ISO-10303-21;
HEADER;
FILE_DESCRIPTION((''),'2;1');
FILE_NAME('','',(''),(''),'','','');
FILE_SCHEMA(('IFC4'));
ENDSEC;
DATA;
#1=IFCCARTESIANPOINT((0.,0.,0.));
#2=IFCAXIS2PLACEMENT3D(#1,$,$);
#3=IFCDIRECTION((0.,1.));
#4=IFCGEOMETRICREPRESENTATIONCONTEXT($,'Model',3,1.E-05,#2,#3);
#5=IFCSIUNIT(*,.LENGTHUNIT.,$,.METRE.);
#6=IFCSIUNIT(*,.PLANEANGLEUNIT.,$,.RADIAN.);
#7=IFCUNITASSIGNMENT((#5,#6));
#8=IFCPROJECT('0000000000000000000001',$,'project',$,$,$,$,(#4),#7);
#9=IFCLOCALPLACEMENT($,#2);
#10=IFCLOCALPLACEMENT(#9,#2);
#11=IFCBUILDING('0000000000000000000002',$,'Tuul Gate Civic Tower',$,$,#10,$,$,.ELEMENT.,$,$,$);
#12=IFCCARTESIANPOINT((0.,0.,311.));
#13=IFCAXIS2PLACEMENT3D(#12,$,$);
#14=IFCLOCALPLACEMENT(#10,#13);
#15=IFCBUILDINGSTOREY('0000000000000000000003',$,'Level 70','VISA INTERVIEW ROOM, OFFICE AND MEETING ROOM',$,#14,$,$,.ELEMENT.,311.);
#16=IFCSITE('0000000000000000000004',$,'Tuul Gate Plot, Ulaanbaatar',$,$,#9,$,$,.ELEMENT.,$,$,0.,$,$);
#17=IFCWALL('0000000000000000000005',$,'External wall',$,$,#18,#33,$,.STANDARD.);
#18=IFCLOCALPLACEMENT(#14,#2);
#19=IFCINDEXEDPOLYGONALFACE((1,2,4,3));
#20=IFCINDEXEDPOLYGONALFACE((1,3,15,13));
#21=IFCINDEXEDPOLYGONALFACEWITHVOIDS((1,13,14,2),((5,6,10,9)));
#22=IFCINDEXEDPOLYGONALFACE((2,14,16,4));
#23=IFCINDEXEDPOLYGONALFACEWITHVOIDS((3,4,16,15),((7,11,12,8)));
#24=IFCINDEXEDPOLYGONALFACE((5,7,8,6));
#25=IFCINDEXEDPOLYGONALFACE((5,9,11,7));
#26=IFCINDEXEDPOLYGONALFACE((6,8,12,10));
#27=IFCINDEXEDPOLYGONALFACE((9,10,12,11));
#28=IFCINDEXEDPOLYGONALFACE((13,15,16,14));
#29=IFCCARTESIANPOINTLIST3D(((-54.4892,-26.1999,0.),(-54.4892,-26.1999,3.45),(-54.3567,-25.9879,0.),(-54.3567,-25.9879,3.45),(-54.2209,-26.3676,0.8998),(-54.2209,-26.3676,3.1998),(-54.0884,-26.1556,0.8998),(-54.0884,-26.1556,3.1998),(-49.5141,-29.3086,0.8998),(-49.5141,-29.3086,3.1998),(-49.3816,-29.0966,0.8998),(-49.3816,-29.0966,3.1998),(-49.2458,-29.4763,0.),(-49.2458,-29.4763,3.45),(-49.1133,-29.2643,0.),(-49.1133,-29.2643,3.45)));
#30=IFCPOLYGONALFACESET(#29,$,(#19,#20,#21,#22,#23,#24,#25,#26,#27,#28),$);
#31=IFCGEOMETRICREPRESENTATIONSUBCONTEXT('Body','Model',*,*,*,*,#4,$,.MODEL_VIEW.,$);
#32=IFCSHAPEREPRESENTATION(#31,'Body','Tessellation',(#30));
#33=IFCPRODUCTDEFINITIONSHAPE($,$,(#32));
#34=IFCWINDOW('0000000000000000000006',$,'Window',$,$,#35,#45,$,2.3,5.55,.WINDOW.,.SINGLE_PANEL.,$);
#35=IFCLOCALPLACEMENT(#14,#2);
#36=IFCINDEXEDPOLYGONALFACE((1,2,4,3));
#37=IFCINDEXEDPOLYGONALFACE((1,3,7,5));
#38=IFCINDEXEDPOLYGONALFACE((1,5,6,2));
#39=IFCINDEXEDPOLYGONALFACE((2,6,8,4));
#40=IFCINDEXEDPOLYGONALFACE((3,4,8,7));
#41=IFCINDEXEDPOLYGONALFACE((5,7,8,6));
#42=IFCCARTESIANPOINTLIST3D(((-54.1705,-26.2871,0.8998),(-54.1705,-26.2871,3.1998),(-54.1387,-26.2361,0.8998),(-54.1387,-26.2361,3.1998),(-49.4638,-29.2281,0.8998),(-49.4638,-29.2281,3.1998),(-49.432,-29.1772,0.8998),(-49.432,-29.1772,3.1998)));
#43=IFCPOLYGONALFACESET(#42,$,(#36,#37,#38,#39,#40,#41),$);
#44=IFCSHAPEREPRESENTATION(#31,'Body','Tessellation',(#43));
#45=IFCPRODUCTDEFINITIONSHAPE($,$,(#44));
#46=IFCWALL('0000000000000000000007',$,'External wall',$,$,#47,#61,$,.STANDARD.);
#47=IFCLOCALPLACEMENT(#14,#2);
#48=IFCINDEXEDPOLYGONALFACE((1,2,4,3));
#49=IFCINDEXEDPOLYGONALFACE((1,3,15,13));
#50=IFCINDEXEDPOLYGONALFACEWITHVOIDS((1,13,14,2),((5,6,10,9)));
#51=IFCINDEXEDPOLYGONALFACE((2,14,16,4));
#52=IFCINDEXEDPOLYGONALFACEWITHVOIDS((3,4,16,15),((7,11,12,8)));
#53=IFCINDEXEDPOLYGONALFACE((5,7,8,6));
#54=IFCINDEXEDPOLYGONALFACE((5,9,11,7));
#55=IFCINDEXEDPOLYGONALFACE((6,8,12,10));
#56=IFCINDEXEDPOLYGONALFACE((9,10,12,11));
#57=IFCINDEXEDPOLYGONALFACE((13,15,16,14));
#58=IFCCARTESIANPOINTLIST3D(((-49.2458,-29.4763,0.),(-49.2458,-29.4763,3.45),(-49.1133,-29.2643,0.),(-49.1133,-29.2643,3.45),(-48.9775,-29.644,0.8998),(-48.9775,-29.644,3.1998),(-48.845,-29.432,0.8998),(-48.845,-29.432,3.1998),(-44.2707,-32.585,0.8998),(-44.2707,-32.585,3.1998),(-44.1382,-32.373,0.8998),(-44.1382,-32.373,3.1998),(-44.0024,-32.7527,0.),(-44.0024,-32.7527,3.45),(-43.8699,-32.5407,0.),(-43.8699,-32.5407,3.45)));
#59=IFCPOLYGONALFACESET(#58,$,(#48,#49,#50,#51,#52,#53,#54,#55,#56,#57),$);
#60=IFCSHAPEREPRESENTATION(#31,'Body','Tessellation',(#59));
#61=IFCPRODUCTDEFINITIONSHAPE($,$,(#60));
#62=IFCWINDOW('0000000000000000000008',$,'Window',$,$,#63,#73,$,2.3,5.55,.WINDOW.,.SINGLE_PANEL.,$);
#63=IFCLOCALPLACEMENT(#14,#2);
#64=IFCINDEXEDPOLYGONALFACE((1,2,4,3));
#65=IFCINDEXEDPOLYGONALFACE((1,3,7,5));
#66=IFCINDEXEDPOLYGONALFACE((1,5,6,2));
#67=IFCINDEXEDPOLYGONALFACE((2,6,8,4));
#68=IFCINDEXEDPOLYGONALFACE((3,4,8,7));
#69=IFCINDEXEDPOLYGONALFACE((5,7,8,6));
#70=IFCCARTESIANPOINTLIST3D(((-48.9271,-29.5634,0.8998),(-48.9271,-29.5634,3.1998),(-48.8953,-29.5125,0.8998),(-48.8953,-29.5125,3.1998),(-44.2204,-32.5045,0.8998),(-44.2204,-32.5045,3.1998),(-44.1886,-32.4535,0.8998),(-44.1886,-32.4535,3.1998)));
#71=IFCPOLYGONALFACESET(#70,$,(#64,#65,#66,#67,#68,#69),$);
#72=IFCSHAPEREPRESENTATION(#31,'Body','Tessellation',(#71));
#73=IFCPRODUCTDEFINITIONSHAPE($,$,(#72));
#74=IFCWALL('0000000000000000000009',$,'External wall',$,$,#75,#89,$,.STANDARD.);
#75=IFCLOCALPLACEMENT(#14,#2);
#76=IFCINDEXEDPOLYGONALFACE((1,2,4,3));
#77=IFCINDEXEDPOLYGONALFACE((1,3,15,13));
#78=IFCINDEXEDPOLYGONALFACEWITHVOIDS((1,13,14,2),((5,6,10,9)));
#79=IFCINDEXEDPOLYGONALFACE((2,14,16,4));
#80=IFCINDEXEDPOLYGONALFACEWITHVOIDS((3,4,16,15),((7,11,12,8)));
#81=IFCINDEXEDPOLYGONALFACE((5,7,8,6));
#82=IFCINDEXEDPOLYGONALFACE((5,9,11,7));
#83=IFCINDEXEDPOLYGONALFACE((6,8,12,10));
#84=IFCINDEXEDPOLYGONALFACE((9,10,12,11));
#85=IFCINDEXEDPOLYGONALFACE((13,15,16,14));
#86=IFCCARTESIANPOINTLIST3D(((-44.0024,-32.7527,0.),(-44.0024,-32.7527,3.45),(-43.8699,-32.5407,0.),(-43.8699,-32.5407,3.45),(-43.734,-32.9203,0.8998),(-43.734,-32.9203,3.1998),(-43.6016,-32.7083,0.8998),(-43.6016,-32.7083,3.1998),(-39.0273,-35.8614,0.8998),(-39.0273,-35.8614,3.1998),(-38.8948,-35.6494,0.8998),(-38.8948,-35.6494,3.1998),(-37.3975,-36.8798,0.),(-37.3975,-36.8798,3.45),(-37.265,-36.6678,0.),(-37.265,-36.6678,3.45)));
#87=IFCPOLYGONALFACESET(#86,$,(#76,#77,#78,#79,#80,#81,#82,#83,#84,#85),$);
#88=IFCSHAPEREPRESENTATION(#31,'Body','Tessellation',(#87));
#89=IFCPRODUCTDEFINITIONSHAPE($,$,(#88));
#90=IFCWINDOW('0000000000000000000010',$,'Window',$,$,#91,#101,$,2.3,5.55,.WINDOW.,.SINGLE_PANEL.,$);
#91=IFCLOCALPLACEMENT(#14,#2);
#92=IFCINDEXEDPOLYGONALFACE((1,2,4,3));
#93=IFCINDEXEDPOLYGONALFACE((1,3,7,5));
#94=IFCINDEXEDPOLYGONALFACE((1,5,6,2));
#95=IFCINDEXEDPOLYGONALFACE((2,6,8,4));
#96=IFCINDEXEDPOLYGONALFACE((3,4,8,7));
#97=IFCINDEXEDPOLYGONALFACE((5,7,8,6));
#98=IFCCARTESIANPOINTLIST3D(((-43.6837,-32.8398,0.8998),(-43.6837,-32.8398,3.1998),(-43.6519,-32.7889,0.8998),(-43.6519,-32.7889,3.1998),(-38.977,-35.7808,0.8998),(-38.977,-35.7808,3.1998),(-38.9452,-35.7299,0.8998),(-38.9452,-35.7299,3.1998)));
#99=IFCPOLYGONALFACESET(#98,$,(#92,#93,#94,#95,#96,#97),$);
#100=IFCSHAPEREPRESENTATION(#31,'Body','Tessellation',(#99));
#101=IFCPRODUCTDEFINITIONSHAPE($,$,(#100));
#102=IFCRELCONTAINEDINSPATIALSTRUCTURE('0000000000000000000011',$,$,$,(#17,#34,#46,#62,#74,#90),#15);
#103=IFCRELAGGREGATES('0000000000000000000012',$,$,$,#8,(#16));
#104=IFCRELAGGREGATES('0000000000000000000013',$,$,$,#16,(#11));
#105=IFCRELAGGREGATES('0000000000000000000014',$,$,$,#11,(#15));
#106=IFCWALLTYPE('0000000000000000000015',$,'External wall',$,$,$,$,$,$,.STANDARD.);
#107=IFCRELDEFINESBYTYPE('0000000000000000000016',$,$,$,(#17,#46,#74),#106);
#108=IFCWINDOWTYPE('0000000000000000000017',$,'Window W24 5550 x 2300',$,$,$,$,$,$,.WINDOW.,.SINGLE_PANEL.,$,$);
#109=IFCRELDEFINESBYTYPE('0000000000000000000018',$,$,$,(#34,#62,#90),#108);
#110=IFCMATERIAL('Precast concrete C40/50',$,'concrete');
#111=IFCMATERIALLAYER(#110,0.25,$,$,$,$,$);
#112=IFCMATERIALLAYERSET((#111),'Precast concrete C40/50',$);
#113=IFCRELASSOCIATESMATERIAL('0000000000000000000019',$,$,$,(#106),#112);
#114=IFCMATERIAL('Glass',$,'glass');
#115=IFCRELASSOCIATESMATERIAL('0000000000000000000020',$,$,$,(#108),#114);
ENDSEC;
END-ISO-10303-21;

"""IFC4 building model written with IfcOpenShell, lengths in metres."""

from ifc_helpers import new_model, si_unit, direction, frame, frame_2d, origin, place, context, subcontext, project, spatial, rectangle, extrude, material, layer, layer_set, type_object, element, fill, save


model = new_model("IFC4")

# Units and contexts
model_context = context("Model", 3, precision=1e-05, world=origin(), true_north=direction((0.0, 1.0)))
body_context = subcontext(model_context, "Body", "Model", "MODEL_VIEW")
ifc_project = project(units=[si_unit("LENGTHUNIT", "METRE"), si_unit("PLANEANGLEUNIT", "RADIAN")], contexts=[model_context])

# Site, building, storey
site_placement = place(None, origin())
site = spatial("IfcSite", under=ifc_project, at=site_placement, Name="Tuul Gate Plot, Ulaanbaatar", CompositionType="ELEMENT", RefElevation=0.0)
building_placement = place(site_placement, origin())
building = spatial("IfcBuilding", under=site, at=building_placement, Name="Tuul Gate Civic Tower", CompositionType="ELEMENT")
storey_placement = place(building_placement, frame((0.0, 0.0, 311.0)))
storey = spatial("IfcBuildingStorey", under=building, at=storey_placement, Name="Level 70", Description="VISA INTERVIEW ROOM, OFFICE AND MEETING ROOM", CompositionType="ELEMENT", Elevation=311.0)

# Shared definitions
ifc_material_1 = material(Name="Precast concrete C40/50", Category="concrete")
ifc_layer_1 = layer(ifc_material_1, 0.25)
ifc_layer_set_1 = layer_set([ifc_layer_1], Name="Precast concrete C40/50")
wall_type_1 = type_object("IfcWallType", Name="External wall", PredefinedType="STANDARD", material=ifc_layer_set_1)

# Walls, openings, windows
wall_1_placement = place(storey_placement, frame((-54.4229, -26.094, 0.0), z_axis=(0.0, 0.0, 1.0), x_axis=(0.848054, -0.52991, 0.0)))
wall_1 = element("IfcWall", 1, at=wall_1_placement, inside=storey, type_object=wall_type_1, Name="External wall", PredefinedType="STANDARD", context=body_context, shape_type="SweptSolid", body=[
    extrude(rectangle(XDim=6.1829, YDim=0.25, at=frame_2d((3.0913, 0.0))), origin(), (0.0, 0.0, 1.0), 3.45),
])
opening_1_placement = place(wall_1_placement, frame((0.3164, 0.0, 0.8999)))
opening_1 = element("IfcOpeningElement", 2, at=opening_1_placement, cuts=wall_1, PredefinedType="OPENING", context=body_context, shape_type="SweptSolid", body=[
    extrude(rectangle(XDim=5.55, YDim=2.3, at=frame_2d((2.7749, 1.1499))), frame((0.0, 0.135, 0.0), z_axis=(0.0, -1.0, 0.0), x_axis=(1.0, 0.0, 0.0)), (0.0, 0.0, 1.0), 0.27),
])
ifc_material_2 = material(Name="Glass", Category="glass")
window_type = type_object("IfcWindowType", Name="Window W24 5550 x 2300", PartitioningType="SINGLE_PANEL", PredefinedType="WINDOW", material=ifc_material_2)
window_1_placement = place(opening_1_placement, origin())
window_1 = element("IfcWindow", 3, at=window_1_placement, inside=storey, type_object=window_type, Name="Window", OverallHeight=2.3, OverallWidth=5.55, PartitioningType="SINGLE_PANEL", PredefinedType="WINDOW", context=body_context, shape_type="SweptSolid", body=[
    extrude(rectangle(XDim=5.55, YDim=2.3, at=frame_2d((2.7749, 1.1499))), frame((0.0, 0.03, 0.0), z_axis=(0.0, -1.0, 0.0), x_axis=(1.0, 0.0, 0.0)), (0.0, 0.0, 1.0), 0.0601),
])
fill(opening_1, window_1)
wall_2_placement = place(storey_placement, frame((-49.1794, -29.3704, 0.0), z_axis=(0.0, 0.0, 1.0), x_axis=(0.848054, -0.52991, 0.0)))
wall_2 = element("IfcWall", 4, at=wall_2_placement, inside=storey, type_object=wall_type_1, Name="External wall", PredefinedType="STANDARD", context=body_context, shape_type="SweptSolid", body=[
    extrude(rectangle(XDim=6.1829, YDim=0.25, at=frame_2d((3.0913, 0.0))), origin(), (0.0, 0.0, 1.0), 3.45),
])
opening_2_placement = place(wall_2_placement, frame((0.3164, 0.0, 0.8999)))
opening_2 = element("IfcOpeningElement", 5, at=opening_2_placement, cuts=wall_2, PredefinedType="OPENING", context=body_context, shape_type="SweptSolid", body=[
    extrude(rectangle(XDim=5.55, YDim=2.3, at=frame_2d((2.7749, 1.1499))), frame((0.0, 0.135, 0.0), z_axis=(0.0, -1.0, 0.0), x_axis=(1.0, 0.0, 0.0)), (0.0, 0.0, 1.0), 0.27),
])
window_2_placement = place(opening_2_placement, origin())
window_2 = element("IfcWindow", 6, at=window_2_placement, inside=storey, type_object=window_type, Name="Window", OverallHeight=2.3, OverallWidth=5.55, PartitioningType="SINGLE_PANEL", PredefinedType="WINDOW", context=body_context, shape_type="SweptSolid", body=[
    extrude(rectangle(XDim=5.55, YDim=2.3, at=frame_2d((2.7749, 1.1499))), frame((0.0, 0.03, 0.0), z_axis=(0.0, -1.0, 0.0), x_axis=(1.0, 0.0, 0.0)), (0.0, 0.0, 1.0), 0.0601),
])
fill(opening_2, window_2)
wall_3_placement = place(storey_placement, frame((-43.936, -32.6467, 0.0), z_axis=(0.0, 0.0, 1.0), x_axis=(0.848051, -0.529914, 0.0)))
wall_3 = element("IfcWall", 7, at=wall_3_placement, inside=storey, type_object=wall_type_1, Name="External wall", PredefinedType="STANDARD", context=body_context, shape_type="SweptSolid", body=[
    extrude(rectangle(XDim=7.7883, YDim=0.25, at=frame_2d((3.894, 0.0))), origin(), (0.0, 0.0, 1.0), 3.45),
])
opening_3_placement = place(wall_3_placement, frame((0.3164, 0.0, 0.8999)))
opening_3 = element("IfcOpeningElement", 8, at=opening_3_placement, cuts=wall_3, PredefinedType="OPENING", context=body_context, shape_type="SweptSolid", body=[
    extrude(rectangle(XDim=5.55, YDim=2.3, at=frame_2d((2.7749, 1.1499))), frame((0.0, 0.135, 0.0), z_axis=(0.0, -1.0, 0.0), x_axis=(1.0, 0.0, 0.0)), (0.0, 0.0, 1.0), 0.27),
])
window_3_placement = place(opening_3_placement, origin())
window_3 = element("IfcWindow", 9, at=window_3_placement, inside=storey, type_object=window_type, Name="Window", OverallHeight=2.3, OverallWidth=5.55, PartitioningType="SINGLE_PANEL", PredefinedType="WINDOW", context=body_context, shape_type="SweptSolid", body=[
    extrude(rectangle(XDim=5.55, YDim=2.3, at=frame_2d((2.7749, 1.1499))), frame((0.0, 0.03, 0.0), z_axis=(0.0, -1.0, 0.0), x_axis=(1.0, 0.0, 0.0)), (0.0, 0.0, 1.0), 0.0601),
])
fill(opening_3, window_3)

save(model, "model.ifc")
